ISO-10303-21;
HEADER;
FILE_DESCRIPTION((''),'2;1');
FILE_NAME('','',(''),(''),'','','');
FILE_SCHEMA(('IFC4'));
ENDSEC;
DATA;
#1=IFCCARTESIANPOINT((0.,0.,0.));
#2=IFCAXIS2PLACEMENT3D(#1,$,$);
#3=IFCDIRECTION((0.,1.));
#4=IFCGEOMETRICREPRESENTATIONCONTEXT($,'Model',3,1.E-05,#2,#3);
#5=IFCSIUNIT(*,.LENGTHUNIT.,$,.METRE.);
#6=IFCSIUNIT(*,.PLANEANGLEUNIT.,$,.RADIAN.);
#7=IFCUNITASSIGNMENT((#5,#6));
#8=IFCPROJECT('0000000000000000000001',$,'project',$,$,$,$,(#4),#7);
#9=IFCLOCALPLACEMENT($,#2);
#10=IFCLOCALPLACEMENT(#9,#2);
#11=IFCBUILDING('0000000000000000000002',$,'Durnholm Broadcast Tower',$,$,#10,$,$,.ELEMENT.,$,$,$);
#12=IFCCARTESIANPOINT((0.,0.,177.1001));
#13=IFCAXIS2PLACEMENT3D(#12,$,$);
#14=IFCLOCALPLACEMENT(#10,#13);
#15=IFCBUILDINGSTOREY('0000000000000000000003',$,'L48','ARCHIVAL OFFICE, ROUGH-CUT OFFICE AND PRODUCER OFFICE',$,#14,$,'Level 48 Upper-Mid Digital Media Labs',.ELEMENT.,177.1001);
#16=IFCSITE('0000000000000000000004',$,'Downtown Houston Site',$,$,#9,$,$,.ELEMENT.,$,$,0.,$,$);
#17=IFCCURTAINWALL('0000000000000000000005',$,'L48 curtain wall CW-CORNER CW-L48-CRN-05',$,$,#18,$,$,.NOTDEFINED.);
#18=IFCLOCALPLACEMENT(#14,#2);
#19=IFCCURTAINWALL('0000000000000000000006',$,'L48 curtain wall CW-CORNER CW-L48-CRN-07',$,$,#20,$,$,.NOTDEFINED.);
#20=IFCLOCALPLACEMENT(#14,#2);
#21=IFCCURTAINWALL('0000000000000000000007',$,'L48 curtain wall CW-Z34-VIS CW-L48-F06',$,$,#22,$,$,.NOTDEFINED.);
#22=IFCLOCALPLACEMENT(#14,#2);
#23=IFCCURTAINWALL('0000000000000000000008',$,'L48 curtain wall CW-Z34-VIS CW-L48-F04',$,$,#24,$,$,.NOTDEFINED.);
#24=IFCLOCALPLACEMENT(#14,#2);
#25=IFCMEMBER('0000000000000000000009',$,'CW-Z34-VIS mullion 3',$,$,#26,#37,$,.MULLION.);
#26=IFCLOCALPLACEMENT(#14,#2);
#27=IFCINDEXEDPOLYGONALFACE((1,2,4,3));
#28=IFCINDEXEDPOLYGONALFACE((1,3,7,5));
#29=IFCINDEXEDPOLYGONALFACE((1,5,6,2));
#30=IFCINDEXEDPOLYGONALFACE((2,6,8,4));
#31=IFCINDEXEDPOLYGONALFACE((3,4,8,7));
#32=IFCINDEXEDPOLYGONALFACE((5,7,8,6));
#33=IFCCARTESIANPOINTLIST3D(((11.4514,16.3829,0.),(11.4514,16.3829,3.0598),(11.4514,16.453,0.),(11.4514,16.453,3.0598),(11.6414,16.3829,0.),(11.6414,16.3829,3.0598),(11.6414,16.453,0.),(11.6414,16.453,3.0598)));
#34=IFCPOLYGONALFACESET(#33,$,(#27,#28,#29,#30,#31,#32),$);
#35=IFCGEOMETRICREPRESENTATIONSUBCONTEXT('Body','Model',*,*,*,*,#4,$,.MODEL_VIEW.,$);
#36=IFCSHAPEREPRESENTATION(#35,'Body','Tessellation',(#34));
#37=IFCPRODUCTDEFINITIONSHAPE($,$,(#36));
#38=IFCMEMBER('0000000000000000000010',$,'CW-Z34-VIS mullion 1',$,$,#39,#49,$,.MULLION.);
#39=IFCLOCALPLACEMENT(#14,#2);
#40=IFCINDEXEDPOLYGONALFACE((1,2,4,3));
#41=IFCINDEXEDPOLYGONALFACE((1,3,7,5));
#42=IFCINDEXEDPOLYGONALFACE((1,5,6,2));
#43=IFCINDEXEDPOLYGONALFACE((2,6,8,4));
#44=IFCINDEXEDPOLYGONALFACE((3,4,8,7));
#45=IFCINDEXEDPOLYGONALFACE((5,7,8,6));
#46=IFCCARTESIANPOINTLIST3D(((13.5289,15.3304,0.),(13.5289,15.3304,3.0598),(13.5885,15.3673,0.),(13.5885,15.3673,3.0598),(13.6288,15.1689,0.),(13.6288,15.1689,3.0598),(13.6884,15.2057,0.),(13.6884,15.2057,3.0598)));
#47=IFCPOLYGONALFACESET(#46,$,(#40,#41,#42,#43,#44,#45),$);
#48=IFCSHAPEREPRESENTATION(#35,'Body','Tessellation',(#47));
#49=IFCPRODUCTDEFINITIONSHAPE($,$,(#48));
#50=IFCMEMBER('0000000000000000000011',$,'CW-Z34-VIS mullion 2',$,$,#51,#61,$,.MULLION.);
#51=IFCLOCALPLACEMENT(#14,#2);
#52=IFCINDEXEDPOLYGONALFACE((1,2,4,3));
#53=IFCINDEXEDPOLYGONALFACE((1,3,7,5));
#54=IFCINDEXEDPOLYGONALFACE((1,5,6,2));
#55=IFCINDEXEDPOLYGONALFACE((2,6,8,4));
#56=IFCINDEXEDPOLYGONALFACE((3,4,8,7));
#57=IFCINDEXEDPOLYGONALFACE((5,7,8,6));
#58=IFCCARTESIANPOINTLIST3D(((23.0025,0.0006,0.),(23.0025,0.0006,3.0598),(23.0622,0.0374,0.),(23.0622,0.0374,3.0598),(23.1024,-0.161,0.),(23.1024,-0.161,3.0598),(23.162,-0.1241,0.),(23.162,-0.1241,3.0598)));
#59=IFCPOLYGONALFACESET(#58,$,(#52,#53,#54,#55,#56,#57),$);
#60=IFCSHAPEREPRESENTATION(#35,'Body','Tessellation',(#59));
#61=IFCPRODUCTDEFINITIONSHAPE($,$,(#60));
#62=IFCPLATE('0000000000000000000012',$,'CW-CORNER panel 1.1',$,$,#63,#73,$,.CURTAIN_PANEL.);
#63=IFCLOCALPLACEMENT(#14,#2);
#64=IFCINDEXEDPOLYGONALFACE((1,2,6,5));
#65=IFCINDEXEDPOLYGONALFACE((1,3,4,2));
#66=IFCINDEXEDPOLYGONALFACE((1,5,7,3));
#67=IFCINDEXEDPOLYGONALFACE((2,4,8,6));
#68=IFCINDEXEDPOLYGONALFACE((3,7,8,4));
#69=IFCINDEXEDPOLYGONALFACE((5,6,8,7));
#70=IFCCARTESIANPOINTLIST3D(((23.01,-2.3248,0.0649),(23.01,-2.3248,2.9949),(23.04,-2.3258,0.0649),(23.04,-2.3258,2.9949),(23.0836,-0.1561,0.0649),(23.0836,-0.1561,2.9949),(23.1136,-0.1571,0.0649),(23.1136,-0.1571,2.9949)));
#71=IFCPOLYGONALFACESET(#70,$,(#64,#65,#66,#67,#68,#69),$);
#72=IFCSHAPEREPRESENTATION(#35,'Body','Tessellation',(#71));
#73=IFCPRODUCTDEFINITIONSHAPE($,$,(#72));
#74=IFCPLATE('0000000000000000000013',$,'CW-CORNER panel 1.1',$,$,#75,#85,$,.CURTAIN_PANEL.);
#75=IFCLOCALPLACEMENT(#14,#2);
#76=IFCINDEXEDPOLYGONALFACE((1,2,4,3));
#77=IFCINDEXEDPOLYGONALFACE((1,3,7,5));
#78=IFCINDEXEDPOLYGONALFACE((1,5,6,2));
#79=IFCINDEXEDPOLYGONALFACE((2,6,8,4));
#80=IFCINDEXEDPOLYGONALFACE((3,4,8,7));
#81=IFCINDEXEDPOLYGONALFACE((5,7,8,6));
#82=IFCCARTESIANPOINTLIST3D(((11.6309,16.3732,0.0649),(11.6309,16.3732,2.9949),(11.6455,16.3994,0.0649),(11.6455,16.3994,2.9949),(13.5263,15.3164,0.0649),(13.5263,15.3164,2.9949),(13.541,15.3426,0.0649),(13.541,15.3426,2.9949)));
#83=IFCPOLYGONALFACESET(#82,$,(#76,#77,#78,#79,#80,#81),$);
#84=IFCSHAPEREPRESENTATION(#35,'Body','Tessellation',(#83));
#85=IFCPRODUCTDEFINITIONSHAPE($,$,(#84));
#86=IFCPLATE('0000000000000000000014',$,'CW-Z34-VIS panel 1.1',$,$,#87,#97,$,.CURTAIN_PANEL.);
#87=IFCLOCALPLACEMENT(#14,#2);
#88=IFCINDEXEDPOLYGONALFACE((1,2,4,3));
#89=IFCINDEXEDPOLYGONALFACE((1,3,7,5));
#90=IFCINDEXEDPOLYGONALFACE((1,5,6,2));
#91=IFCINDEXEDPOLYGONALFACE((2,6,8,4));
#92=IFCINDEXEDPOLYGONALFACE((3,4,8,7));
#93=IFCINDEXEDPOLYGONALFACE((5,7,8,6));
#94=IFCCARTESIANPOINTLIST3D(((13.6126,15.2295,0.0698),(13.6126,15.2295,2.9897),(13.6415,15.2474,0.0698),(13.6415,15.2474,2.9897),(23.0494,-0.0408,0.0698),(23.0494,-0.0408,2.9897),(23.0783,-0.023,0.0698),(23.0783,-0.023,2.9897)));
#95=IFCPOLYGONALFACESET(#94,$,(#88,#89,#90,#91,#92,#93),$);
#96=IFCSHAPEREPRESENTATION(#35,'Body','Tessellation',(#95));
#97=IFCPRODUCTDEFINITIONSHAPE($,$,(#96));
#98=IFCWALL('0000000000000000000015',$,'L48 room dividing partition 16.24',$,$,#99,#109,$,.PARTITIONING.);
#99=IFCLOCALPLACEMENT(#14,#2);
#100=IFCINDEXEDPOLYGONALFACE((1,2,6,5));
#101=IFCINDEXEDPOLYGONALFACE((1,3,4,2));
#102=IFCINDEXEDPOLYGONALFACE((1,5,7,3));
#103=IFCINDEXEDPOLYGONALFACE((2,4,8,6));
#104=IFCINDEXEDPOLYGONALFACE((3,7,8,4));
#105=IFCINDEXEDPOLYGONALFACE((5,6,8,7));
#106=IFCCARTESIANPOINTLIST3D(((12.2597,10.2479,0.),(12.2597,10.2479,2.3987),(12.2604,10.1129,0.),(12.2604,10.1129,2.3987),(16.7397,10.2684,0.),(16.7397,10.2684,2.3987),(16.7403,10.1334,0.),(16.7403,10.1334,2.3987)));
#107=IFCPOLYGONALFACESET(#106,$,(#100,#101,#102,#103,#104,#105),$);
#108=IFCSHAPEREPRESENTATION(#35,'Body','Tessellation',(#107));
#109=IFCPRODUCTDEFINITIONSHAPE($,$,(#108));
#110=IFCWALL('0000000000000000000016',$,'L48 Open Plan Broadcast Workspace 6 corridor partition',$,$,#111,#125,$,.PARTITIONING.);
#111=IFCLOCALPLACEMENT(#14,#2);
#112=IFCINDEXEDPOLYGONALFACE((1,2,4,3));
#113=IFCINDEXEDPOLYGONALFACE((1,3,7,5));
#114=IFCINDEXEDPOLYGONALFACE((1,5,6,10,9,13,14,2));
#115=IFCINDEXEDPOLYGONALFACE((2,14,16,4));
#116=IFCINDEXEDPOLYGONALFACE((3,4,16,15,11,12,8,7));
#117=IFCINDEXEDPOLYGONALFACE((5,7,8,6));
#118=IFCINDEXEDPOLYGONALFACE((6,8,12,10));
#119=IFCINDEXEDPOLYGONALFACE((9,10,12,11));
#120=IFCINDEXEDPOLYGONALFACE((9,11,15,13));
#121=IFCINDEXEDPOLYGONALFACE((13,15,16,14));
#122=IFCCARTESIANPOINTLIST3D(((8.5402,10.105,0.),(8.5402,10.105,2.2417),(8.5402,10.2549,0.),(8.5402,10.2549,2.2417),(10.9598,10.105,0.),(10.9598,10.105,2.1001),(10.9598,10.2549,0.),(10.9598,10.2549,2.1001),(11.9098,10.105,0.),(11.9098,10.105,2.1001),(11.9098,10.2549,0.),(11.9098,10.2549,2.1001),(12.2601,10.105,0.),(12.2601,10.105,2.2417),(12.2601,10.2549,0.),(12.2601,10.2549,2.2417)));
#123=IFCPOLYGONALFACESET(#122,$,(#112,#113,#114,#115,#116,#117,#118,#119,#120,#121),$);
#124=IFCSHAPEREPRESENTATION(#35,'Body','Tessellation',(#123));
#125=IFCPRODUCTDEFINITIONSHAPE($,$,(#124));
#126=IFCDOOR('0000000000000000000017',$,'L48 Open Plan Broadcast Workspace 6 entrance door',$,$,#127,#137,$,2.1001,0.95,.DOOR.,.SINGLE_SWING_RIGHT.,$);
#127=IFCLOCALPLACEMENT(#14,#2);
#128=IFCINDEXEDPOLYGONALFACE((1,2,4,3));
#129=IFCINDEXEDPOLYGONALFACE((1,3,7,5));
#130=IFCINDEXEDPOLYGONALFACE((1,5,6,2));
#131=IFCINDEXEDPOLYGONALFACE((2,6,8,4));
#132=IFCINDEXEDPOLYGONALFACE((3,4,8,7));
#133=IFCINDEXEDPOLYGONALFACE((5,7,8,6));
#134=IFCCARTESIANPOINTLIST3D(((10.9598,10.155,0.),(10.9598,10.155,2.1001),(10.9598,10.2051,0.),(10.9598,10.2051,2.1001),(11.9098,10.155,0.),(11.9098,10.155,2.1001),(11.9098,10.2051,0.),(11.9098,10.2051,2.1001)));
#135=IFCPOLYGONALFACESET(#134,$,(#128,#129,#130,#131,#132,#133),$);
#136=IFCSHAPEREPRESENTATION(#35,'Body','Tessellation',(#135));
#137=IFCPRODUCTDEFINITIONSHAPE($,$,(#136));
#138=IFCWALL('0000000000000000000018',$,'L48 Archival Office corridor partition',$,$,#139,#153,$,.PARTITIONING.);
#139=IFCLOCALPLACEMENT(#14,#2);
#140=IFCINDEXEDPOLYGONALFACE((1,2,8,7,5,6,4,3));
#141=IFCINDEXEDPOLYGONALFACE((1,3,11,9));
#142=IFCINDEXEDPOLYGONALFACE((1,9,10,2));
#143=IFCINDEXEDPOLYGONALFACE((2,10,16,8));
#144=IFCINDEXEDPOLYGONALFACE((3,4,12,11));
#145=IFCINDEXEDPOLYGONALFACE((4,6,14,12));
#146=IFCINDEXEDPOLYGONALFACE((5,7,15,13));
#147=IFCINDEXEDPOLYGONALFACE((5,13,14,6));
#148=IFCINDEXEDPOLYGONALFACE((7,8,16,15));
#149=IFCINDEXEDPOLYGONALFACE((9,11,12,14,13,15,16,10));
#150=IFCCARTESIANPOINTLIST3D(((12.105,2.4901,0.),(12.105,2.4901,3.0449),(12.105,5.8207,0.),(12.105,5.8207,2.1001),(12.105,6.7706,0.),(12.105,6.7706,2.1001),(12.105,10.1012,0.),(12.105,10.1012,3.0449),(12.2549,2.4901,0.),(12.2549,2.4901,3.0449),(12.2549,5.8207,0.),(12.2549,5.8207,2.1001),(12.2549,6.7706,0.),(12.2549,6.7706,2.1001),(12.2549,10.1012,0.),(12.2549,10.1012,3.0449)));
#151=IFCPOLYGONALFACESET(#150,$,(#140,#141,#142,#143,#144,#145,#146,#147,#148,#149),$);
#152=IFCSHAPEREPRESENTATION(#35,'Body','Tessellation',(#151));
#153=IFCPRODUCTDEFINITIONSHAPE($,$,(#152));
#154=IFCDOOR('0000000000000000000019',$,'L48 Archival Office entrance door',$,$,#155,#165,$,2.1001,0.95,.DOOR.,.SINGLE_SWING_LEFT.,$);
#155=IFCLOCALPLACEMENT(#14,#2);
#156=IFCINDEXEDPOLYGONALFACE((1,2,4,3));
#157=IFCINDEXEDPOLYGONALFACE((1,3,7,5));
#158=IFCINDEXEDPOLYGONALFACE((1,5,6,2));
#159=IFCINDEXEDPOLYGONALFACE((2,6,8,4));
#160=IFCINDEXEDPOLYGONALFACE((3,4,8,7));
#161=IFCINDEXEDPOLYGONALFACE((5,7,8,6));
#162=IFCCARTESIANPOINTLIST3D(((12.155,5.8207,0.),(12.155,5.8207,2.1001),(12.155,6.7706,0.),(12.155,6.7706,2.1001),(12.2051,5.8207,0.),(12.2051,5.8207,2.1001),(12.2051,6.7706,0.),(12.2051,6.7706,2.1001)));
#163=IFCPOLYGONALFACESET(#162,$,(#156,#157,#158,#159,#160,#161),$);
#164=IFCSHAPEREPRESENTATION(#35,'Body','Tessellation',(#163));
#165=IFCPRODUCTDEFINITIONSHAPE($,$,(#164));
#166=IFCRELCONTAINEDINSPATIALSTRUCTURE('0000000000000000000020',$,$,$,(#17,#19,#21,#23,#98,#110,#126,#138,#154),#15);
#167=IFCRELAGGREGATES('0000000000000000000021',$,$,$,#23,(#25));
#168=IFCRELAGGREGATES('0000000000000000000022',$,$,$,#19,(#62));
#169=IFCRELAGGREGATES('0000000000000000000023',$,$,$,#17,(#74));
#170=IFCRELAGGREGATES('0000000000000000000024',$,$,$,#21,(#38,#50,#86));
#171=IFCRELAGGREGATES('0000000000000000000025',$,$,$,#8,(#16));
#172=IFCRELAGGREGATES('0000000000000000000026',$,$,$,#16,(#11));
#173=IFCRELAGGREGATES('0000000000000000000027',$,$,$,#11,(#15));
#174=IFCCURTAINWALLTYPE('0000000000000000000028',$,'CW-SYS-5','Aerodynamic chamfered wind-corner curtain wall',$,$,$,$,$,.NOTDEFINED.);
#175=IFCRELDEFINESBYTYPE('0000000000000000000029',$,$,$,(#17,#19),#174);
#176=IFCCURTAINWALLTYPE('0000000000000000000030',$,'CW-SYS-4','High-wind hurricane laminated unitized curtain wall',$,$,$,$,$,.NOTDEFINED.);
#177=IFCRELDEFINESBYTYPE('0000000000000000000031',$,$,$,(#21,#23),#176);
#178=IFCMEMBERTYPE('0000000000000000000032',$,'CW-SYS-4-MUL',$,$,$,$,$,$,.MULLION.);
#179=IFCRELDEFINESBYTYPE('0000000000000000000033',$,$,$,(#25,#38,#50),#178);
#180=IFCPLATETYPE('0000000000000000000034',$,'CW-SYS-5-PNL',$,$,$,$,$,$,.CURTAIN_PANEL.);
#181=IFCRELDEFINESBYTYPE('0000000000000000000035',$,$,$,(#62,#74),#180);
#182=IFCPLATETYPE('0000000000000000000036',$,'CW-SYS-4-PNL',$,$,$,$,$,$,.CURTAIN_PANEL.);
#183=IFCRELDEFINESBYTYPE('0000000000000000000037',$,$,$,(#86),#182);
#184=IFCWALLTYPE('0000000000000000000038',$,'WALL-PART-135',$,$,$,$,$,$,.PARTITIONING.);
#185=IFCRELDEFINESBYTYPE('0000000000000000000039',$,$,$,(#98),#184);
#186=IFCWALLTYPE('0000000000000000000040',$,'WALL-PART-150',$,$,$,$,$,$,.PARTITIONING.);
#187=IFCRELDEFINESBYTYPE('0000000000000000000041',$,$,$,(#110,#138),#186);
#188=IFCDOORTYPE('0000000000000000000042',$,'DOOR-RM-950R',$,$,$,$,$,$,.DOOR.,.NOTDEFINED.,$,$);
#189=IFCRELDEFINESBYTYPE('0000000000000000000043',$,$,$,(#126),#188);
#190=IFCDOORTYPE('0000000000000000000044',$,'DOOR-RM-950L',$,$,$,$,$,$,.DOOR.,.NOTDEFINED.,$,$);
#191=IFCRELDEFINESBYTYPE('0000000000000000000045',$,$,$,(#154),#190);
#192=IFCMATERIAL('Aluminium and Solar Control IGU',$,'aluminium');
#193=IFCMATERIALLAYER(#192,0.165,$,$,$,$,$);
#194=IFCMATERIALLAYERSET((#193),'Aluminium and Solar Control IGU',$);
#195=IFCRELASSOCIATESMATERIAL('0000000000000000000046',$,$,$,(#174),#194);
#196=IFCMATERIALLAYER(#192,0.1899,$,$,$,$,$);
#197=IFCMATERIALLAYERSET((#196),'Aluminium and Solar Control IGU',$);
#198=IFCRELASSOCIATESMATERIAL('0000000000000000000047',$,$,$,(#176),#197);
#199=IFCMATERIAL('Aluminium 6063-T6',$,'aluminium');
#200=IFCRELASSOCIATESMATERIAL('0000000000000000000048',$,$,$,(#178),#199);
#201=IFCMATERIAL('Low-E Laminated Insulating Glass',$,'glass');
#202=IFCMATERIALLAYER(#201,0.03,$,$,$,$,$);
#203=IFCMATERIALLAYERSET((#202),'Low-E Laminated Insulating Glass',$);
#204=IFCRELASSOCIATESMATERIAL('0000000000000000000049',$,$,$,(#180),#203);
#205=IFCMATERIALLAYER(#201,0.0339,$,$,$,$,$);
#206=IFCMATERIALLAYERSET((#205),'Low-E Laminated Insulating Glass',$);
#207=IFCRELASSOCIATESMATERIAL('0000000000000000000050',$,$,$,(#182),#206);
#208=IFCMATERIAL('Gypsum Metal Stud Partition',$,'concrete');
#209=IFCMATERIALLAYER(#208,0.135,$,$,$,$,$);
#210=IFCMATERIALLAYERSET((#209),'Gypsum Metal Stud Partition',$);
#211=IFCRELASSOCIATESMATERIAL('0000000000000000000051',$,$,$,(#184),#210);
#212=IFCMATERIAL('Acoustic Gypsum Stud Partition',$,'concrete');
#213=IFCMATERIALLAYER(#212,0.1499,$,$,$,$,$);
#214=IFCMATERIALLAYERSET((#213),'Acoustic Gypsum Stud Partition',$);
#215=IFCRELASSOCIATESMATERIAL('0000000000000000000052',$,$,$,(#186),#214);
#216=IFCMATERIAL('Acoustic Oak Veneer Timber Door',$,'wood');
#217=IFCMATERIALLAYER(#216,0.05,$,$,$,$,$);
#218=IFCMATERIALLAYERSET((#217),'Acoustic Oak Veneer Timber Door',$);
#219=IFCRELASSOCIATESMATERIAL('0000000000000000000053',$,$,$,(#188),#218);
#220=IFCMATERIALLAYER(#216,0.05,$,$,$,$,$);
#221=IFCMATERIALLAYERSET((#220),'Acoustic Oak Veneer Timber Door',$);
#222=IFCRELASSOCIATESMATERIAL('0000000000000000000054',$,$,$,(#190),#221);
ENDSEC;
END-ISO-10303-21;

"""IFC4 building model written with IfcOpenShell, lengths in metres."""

from ifc_helpers import new_model, si_unit, direction, frame, frame_2d, origin, origin_2d, place, context, subcontext, project, spatial, rectangle, extrude, source, transform, mapped, material, layer, layer_set, material_profile, profile_set, type_object, type_shapes, element, fill, aggregate, save


model = new_model("IFC4")

# Units and contexts
model_context = context("Model", 3, precision=1e-05, world=origin(), true_north=direction((0.0, 1.0)))
body_context = subcontext(model_context, "Body", "Model", "MODEL_VIEW")
ifc_project = project(units=[si_unit("LENGTHUNIT", "METRE"), si_unit("PLANEANGLEUNIT", "RADIAN")], contexts=[model_context])

# Site, building, storey
site_placement = place(None, origin())
site = spatial("IfcSite", under=ifc_project, at=site_placement, Name="Downtown Houston Site", CompositionType="ELEMENT", RefElevation=0.0)
building_placement = place(site_placement, origin())
building = spatial("IfcBuilding", under=site, at=building_placement, Name="Durnholm Broadcast Tower", CompositionType="ELEMENT")
storey_placement = place(building_placement, frame((0.0, 0.0, 177.1001)))
storey = spatial("IfcBuildingStorey", under=building, at=storey_placement, Name="L48", Description="ARCHIVAL OFFICE, ROUGH-CUT OFFICE AND PRODUCER OFFICE", LongName="Level 48 Upper-Mid Digital Media Labs", CompositionType="ELEMENT", Elevation=177.1001)

# Curtain wall
ifc_material_1 = material(Name="Aluminium and Solar Control IGU", Category="aluminium")
ifc_layer_1 = layer(ifc_material_1, 0.165)
ifc_layer_set_1 = layer_set([ifc_layer_1], Name="Aluminium and Solar Control IGU")
curtain_wall_type_1 = type_object("IfcCurtainWallType", Name="CW-SYS-5", Description="Aerodynamic chamfered wind-corner curtain wall", PredefinedType="NOTDEFINED", material=ifc_layer_set_1)
curtain_wall_1_placement = place(storey_placement, origin())
curtain_wall_1 = element("IfcCurtainWall", 1, at=curtain_wall_1_placement, inside=storey, type_object=curtain_wall_type_1, Name="L48 curtain wall CW-CORNER CW-L48-CRN-05", PredefinedType="NOTDEFINED")
ifc_material_2 = material(Name="Aluminium 6063-T6", Category="aluminium")

# Curtain wall
curtain_wall_2_placement = place(storey_placement, origin())
curtain_wall_2 = element("IfcCurtainWall", 2, at=curtain_wall_2_placement, inside=storey, type_object=curtain_wall_type_1, Name="L48 curtain wall CW-CORNER CW-L48-CRN-07", PredefinedType="NOTDEFINED")

# Curtain wall
ifc_layer_2 = layer(ifc_material_1, 0.1899)
ifc_layer_set_2 = layer_set([ifc_layer_2], Name="Aluminium and Solar Control IGU")
curtain_wall_type_2 = type_object("IfcCurtainWallType", Name="CW-SYS-4", Description="High-wind hurricane laminated unitized curtain wall", PredefinedType="NOTDEFINED", material=ifc_layer_set_2)
curtain_wall_3_placement = place(storey_placement, origin())
curtain_wall_3 = element("IfcCurtainWall", 3, at=curtain_wall_3_placement, inside=storey, type_object=curtain_wall_type_2, Name="L48 curtain wall CW-Z34-VIS CW-L48-F06", PredefinedType="NOTDEFINED")

# Curtain wall, member
curtain_wall_4_placement = place(storey_placement, origin())
curtain_wall_4 = element("IfcCurtainWall", 4, at=curtain_wall_4_placement, inside=storey, type_object=curtain_wall_type_2, Name="L48 curtain wall CW-Z34-VIS CW-L48-F04", PredefinedType="NOTDEFINED")
ifc_material_profile_1 = material_profile(ifc_material_2, rectangle(XDim=0.0701, YDim=0.1899, at=origin_2d()), Name="CWM70X190")
ifc_profile_set_1 = profile_set([ifc_material_profile_1], Name="Aluminium 6063-T6")
member_type_1 = type_object("IfcMemberType", Name="CW-SYS-4-MUL", PredefinedType="MULLION", material=ifc_profile_set_1)
shared_shape_1 = source(origin(), body_context, "Body", "SweptSolid", [
    extrude(rectangle(XDim=0.0701, YDim=0.1899, at=origin_2d()), origin(), (0.0, 0.0, 1.0), 3.0598),
])
type_shapes(member_type_1, [shared_shape_1])
member_1_placement = place(storey_placement, frame((11.5464, 16.418, 0.0), z_axis=(0.0, 0.0, 1.0), x_axis=(0.0, 1.0, 0.0)))
member_1 = element("IfcMember", 5, at=member_1_placement, type_object=member_type_1, Name="CW-Z34-VIS mullion 3", PredefinedType="MULLION", context=body_context, shape_type="MappedRepresentation", body=[
    mapped(shared_shape_1, transform((0.0, 0.0, 0.0), x_axis=(1.0, 0.0, 0.0), y_axis=(0.0, 1.0, 0.0), z_axis=(0.0, 0.0, 1.0), scale=1.0)),
])
aggregate(curtain_wall_4, [member_1])

# Members
member_2_placement = place(storey_placement, frame((13.6086, 15.2681, 0.0), z_axis=(0.0, 0.0, 1.0), x_axis=(0.850671, 0.525698, 0.0)))
member_2 = element("IfcMember", 6, at=member_2_placement, type_object=member_type_1, Name="CW-Z34-VIS mullion 1", PredefinedType="MULLION", context=body_context, shape_type="MappedRepresentation", body=[
    mapped(shared_shape_1, transform((0.0, 0.0, 0.0), x_axis=(1.0, 0.0, 0.0), y_axis=(0.0, 1.0, 0.0), z_axis=(0.0, 0.0, 1.0), scale=1.0)),
])
member_3_placement = place(storey_placement, frame((23.0823, -0.0618, 0.0), z_axis=(0.0, 0.0, 1.0), x_axis=(0.850671, 0.525698, 0.0)))
member_3 = element("IfcMember", 7, at=member_3_placement, type_object=member_type_1, Name="CW-Z34-VIS mullion 2", PredefinedType="MULLION", context=body_context, shape_type="MappedRepresentation", body=[
    mapped(shared_shape_1, transform((0.0, 0.0, 0.0), x_axis=(1.0, 0.0, 0.0), y_axis=(0.0, 1.0, 0.0), z_axis=(0.0, 0.0, 1.0), scale=1.0)),
])

# Plates
ifc_material_3 = material(Name="Low-E Laminated Insulating Glass", Category="glass")
ifc_layer_3 = layer(ifc_material_3, 0.03)
ifc_layer_set_3 = layer_set([ifc_layer_3], Name="Low-E Laminated Insulating Glass")
plate_type_1 = type_object("IfcPlateType", Name="CW-SYS-5-PNL", PredefinedType="CURTAIN_PANEL", material=ifc_layer_set_3)
shared_shape_2 = source(origin(), body_context, "Body", "SweptSolid", [
    extrude(rectangle(XDim=2.1699, YDim=0.03, at=origin_2d()), origin(), (0.0, 0.0, 1.0), 2.9299),
])
plate_1_placement = place(storey_placement, frame((23.0618, -1.241, 0.0649), z_axis=(0.0, 0.0, 1.0), x_axis=(-0.033913, -0.999425, 0.0)))
plate_1 = element("IfcPlate", 8, at=plate_1_placement, type_object=plate_type_1, Name="CW-CORNER panel 1.1", PredefinedType="CURTAIN_PANEL", context=body_context, shape_type="MappedRepresentation", body=[
    mapped(shared_shape_2, transform((0.0, 0.0, 0.0), x_axis=(1.0, 0.0, 0.0), y_axis=(0.0, 1.0, 0.0), z_axis=(0.0, 0.0, 1.0), scale=1.0)),
])
aggregate(curtain_wall_2, [plate_1])
shared_shape_3 = source(origin(), body_context, "Body", "SweptSolid", [
    extrude(rectangle(XDim=2.1702, YDim=0.03, at=origin_2d()), origin(), (0.0, 0.0, 1.0), 2.9299),
])
type_shapes(plate_type_1, [shared_shape_2, shared_shape_3])
plate_2_placement = place(storey_placement, frame((12.5859, 15.8579, 0.0649), z_axis=(0.0, 0.0, 1.0), x_axis=(0.87341, -0.486986, 0.0)))
plate_2 = element("IfcPlate", 9, at=plate_2_placement, type_object=plate_type_1, Name="CW-CORNER panel 1.1", PredefinedType="CURTAIN_PANEL", context=body_context, shape_type="MappedRepresentation", body=[
    mapped(shared_shape_3, transform((0.0, 0.0, 0.0), x_axis=(1.0, 0.0, 0.0), y_axis=(0.0, 1.0, 0.0), z_axis=(0.0, 0.0, 1.0), scale=1.0)),
])
aggregate(curtain_wall_1, [plate_2])
ifc_layer_4 = layer(ifc_material_3, 0.0339)
ifc_layer_set_4 = layer_set([ifc_layer_4], Name="Low-E Laminated Insulating Glass")
plate_type_2 = type_object("IfcPlateType", Name="CW-SYS-4-PNL", PredefinedType="CURTAIN_PANEL", material=ifc_layer_set_4)
shared_shape_4 = source(origin(), body_context, "Body", "SweptSolid", [
    extrude(rectangle(XDim=17.9509, YDim=0.0339, at=origin_2d()), origin(), (0.0, 0.0, 1.0), 2.9199),
])
type_shapes(plate_type_2, [shared_shape_4])
plate_3_placement = place(storey_placement, frame((18.3455, 7.6033, 0.0698), z_axis=(0.0, 0.0, 1.0), x_axis=(0.525698, -0.850671, 0.0)))
plate_3 = element("IfcPlate", 10, at=plate_3_placement, type_object=plate_type_2, Name="CW-Z34-VIS panel 1.1", PredefinedType="CURTAIN_PANEL", context=body_context, shape_type="MappedRepresentation", body=[
    mapped(shared_shape_4, transform((0.0, 0.0, 0.0), x_axis=(1.0, 0.0, 0.0), y_axis=(0.0, 1.0, 0.0), z_axis=(0.0, 0.0, 1.0), scale=1.0)),
])
aggregate(curtain_wall_3, [member_2, member_3, plate_3])

# Wall
ifc_material_4 = material(Name="Gypsum Metal Stud Partition", Category="concrete")
ifc_layer_5 = layer(ifc_material_4, 0.135)
ifc_layer_set_5 = layer_set([ifc_layer_5], Name="Gypsum Metal Stud Partition")
wall_type_1 = type_object("IfcWallType", Name="WALL-PART-135", PredefinedType="PARTITIONING", material=ifc_layer_set_5)
wall_1_placement = place(storey_placement, frame((16.74, 10.2009, 0.0), z_axis=(0.0, 0.0, 1.0), x_axis=(-0.99999, -0.004578, 0.0)))
element("IfcWall", 11, at=wall_1_placement, inside=storey, type_object=wall_type_1, Name="L48 room dividing partition 16.24", PredefinedType="PARTITIONING", context=body_context, shape_type="SweptSolid", body=[
    extrude(rectangle(XDim=4.48, YDim=0.135, at=frame_2d((2.24, 0.0))), origin(), (0.0, 0.0, 1.0), 2.3987),
])

# Walls, openings, doors
ifc_material_5 = material(Name="Acoustic Gypsum Stud Partition", Category="concrete")
ifc_layer_6 = layer(ifc_material_5, 0.1499)
ifc_layer_set_6 = layer_set([ifc_layer_6], Name="Acoustic Gypsum Stud Partition")
wall_type_2 = type_object("IfcWallType", Name="WALL-PART-150", PredefinedType="PARTITIONING", material=ifc_layer_set_6)
wall_2_placement = place(storey_placement, frame((12.26, 10.1799, 0.0), z_axis=(0.0, 0.0, 1.0), x_axis=(-1.0, 0.0, 0.0)))
wall_2 = element("IfcWall", 12, at=wall_2_placement, inside=storey, type_object=wall_type_2, Name="L48 Open Plan Broadcast Workspace 6 corridor partition", PredefinedType="PARTITIONING", context=body_context, shape_type="SweptSolid", body=[
    extrude(rectangle(XDim=3.72, YDim=0.1499, at=frame_2d((1.8599, 0.0))), origin(), (0.0, 0.0, 1.0), 2.2417),
])
opening_1_placement = place(wall_2_placement, frame((0.3501, 0.0, 0.0)))
opening_1 = element("IfcOpeningElement", 13, at=opening_1_placement, cuts=wall_2, PredefinedType="OPENING", context=body_context, shape_type="SweptSolid", body=[
    extrude(rectangle(XDim=0.95, YDim=2.1001, at=frame_2d((0.4751, 1.05))), frame((0.0, 0.085, 0.0), z_axis=(0.0, -1.0, 0.0), x_axis=(1.0, 0.0, 0.0)), (0.0, 0.0, 1.0), 0.1699),
])
ifc_material_6 = material(Name="Acoustic Oak Veneer Timber Door", Category="wood")
ifc_layer_7 = layer(ifc_material_6, 0.05)
ifc_layer_set_7 = layer_set([ifc_layer_7], Name="Acoustic Oak Veneer Timber Door")
door_type_1 = type_object("IfcDoorType", Name="DOOR-RM-950R", OperationType="NOTDEFINED", PredefinedType="DOOR", material=ifc_layer_set_7)
shared_shape_5 = source(origin(), body_context, "Body", "SweptSolid", [
    extrude(rectangle(XDim=0.95, YDim=2.1001, at=frame_2d((0.4751, 1.05))), frame((0.0, 0.0249, 0.0), z_axis=(0.0, -1.0, 0.0), x_axis=(1.0, 0.0, 0.0)), (0.0, 0.0, 1.0), 0.05),
])
type_shapes(door_type_1, [shared_shape_5])
door_1_placement = place(opening_1_placement, origin())
door_1 = element("IfcDoor", 14, at=door_1_placement, inside=storey, type_object=door_type_1, Name="L48 Open Plan Broadcast Workspace 6 entrance door", OperationType="SINGLE_SWING_RIGHT", OverallHeight=2.1001, OverallWidth=0.95, PredefinedType="DOOR", context=body_context, shape_type="MappedRepresentation", body=[
    mapped(shared_shape_5, transform((0.0, 0.0, 0.0), x_axis=(1.0, 0.0, 0.0), y_axis=(0.0, 1.0, 0.0), z_axis=(0.0, 0.0, 1.0), scale=1.0)),
])
fill(opening_1, door_1)
wall_3_placement = place(storey_placement, frame((12.1799, 2.49, 0.0), z_axis=(0.0, 0.0, 1.0), x_axis=(0.0, 1.0, 0.0)))
wall_3 = element("IfcWall", 15, at=wall_3_placement, inside=storey, type_object=wall_type_2, Name="L48 Archival Office corridor partition", PredefinedType="PARTITIONING", context=body_context, shape_type="SweptSolid", body=[
    extrude(rectangle(XDim=7.6111, YDim=0.1499, at=frame_2d((3.8057, 0.0))), origin(), (0.0, 0.0, 1.0), 3.0449),
])
opening_2_placement = place(wall_3_placement, frame((3.3306, 0.0, 0.0)))
opening_2 = element("IfcOpeningElement", 16, at=opening_2_placement, cuts=wall_3, PredefinedType="OPENING", context=body_context, shape_type="SweptSolid", body=[
    extrude(rectangle(XDim=0.95, YDim=2.1001, at=frame_2d((0.4751, 1.05))), frame((0.0, 0.085, 0.0), z_axis=(0.0, -1.0, 0.0), x_axis=(1.0, 0.0, 0.0)), (0.0, 0.0, 1.0), 0.1699),
])
ifc_layer_8 = layer(ifc_material_6, 0.05)
ifc_layer_set_8 = layer_set([ifc_layer_8], Name="Acoustic Oak Veneer Timber Door")
door_type_2 = type_object("IfcDoorType", Name="DOOR-RM-950L", OperationType="NOTDEFINED", PredefinedType="DOOR", material=ifc_layer_set_8)
shared_shape_6 = source(origin(), body_context, "Body", "SweptSolid", [
    extrude(rectangle(XDim=0.95, YDim=2.1001, at=frame_2d((0.4751, 1.05))), frame((0.0, 0.0249, 0.0), z_axis=(0.0, -1.0, 0.0), x_axis=(1.0, 0.0, 0.0)), (0.0, 0.0, 1.0), 0.05),
])
type_shapes(door_type_2, [shared_shape_6])
door_2_placement = place(opening_2_placement, origin())
door_2 = element("IfcDoor", 17, at=door_2_placement, inside=storey, type_object=door_type_2, Name="L48 Archival Office entrance door", OperationType="SINGLE_SWING_LEFT", OverallHeight=2.1001, OverallWidth=0.95, PredefinedType="DOOR", context=body_context, shape_type="MappedRepresentation", body=[
    mapped(shared_shape_6, transform((0.0, 0.0, 0.0), x_axis=(1.0, 0.0, 0.0), y_axis=(0.0, 1.0, 0.0), z_axis=(0.0, 0.0, 1.0), scale=1.0)),
])
fill(opening_2, door_2)

save(model, "model.ifc")
